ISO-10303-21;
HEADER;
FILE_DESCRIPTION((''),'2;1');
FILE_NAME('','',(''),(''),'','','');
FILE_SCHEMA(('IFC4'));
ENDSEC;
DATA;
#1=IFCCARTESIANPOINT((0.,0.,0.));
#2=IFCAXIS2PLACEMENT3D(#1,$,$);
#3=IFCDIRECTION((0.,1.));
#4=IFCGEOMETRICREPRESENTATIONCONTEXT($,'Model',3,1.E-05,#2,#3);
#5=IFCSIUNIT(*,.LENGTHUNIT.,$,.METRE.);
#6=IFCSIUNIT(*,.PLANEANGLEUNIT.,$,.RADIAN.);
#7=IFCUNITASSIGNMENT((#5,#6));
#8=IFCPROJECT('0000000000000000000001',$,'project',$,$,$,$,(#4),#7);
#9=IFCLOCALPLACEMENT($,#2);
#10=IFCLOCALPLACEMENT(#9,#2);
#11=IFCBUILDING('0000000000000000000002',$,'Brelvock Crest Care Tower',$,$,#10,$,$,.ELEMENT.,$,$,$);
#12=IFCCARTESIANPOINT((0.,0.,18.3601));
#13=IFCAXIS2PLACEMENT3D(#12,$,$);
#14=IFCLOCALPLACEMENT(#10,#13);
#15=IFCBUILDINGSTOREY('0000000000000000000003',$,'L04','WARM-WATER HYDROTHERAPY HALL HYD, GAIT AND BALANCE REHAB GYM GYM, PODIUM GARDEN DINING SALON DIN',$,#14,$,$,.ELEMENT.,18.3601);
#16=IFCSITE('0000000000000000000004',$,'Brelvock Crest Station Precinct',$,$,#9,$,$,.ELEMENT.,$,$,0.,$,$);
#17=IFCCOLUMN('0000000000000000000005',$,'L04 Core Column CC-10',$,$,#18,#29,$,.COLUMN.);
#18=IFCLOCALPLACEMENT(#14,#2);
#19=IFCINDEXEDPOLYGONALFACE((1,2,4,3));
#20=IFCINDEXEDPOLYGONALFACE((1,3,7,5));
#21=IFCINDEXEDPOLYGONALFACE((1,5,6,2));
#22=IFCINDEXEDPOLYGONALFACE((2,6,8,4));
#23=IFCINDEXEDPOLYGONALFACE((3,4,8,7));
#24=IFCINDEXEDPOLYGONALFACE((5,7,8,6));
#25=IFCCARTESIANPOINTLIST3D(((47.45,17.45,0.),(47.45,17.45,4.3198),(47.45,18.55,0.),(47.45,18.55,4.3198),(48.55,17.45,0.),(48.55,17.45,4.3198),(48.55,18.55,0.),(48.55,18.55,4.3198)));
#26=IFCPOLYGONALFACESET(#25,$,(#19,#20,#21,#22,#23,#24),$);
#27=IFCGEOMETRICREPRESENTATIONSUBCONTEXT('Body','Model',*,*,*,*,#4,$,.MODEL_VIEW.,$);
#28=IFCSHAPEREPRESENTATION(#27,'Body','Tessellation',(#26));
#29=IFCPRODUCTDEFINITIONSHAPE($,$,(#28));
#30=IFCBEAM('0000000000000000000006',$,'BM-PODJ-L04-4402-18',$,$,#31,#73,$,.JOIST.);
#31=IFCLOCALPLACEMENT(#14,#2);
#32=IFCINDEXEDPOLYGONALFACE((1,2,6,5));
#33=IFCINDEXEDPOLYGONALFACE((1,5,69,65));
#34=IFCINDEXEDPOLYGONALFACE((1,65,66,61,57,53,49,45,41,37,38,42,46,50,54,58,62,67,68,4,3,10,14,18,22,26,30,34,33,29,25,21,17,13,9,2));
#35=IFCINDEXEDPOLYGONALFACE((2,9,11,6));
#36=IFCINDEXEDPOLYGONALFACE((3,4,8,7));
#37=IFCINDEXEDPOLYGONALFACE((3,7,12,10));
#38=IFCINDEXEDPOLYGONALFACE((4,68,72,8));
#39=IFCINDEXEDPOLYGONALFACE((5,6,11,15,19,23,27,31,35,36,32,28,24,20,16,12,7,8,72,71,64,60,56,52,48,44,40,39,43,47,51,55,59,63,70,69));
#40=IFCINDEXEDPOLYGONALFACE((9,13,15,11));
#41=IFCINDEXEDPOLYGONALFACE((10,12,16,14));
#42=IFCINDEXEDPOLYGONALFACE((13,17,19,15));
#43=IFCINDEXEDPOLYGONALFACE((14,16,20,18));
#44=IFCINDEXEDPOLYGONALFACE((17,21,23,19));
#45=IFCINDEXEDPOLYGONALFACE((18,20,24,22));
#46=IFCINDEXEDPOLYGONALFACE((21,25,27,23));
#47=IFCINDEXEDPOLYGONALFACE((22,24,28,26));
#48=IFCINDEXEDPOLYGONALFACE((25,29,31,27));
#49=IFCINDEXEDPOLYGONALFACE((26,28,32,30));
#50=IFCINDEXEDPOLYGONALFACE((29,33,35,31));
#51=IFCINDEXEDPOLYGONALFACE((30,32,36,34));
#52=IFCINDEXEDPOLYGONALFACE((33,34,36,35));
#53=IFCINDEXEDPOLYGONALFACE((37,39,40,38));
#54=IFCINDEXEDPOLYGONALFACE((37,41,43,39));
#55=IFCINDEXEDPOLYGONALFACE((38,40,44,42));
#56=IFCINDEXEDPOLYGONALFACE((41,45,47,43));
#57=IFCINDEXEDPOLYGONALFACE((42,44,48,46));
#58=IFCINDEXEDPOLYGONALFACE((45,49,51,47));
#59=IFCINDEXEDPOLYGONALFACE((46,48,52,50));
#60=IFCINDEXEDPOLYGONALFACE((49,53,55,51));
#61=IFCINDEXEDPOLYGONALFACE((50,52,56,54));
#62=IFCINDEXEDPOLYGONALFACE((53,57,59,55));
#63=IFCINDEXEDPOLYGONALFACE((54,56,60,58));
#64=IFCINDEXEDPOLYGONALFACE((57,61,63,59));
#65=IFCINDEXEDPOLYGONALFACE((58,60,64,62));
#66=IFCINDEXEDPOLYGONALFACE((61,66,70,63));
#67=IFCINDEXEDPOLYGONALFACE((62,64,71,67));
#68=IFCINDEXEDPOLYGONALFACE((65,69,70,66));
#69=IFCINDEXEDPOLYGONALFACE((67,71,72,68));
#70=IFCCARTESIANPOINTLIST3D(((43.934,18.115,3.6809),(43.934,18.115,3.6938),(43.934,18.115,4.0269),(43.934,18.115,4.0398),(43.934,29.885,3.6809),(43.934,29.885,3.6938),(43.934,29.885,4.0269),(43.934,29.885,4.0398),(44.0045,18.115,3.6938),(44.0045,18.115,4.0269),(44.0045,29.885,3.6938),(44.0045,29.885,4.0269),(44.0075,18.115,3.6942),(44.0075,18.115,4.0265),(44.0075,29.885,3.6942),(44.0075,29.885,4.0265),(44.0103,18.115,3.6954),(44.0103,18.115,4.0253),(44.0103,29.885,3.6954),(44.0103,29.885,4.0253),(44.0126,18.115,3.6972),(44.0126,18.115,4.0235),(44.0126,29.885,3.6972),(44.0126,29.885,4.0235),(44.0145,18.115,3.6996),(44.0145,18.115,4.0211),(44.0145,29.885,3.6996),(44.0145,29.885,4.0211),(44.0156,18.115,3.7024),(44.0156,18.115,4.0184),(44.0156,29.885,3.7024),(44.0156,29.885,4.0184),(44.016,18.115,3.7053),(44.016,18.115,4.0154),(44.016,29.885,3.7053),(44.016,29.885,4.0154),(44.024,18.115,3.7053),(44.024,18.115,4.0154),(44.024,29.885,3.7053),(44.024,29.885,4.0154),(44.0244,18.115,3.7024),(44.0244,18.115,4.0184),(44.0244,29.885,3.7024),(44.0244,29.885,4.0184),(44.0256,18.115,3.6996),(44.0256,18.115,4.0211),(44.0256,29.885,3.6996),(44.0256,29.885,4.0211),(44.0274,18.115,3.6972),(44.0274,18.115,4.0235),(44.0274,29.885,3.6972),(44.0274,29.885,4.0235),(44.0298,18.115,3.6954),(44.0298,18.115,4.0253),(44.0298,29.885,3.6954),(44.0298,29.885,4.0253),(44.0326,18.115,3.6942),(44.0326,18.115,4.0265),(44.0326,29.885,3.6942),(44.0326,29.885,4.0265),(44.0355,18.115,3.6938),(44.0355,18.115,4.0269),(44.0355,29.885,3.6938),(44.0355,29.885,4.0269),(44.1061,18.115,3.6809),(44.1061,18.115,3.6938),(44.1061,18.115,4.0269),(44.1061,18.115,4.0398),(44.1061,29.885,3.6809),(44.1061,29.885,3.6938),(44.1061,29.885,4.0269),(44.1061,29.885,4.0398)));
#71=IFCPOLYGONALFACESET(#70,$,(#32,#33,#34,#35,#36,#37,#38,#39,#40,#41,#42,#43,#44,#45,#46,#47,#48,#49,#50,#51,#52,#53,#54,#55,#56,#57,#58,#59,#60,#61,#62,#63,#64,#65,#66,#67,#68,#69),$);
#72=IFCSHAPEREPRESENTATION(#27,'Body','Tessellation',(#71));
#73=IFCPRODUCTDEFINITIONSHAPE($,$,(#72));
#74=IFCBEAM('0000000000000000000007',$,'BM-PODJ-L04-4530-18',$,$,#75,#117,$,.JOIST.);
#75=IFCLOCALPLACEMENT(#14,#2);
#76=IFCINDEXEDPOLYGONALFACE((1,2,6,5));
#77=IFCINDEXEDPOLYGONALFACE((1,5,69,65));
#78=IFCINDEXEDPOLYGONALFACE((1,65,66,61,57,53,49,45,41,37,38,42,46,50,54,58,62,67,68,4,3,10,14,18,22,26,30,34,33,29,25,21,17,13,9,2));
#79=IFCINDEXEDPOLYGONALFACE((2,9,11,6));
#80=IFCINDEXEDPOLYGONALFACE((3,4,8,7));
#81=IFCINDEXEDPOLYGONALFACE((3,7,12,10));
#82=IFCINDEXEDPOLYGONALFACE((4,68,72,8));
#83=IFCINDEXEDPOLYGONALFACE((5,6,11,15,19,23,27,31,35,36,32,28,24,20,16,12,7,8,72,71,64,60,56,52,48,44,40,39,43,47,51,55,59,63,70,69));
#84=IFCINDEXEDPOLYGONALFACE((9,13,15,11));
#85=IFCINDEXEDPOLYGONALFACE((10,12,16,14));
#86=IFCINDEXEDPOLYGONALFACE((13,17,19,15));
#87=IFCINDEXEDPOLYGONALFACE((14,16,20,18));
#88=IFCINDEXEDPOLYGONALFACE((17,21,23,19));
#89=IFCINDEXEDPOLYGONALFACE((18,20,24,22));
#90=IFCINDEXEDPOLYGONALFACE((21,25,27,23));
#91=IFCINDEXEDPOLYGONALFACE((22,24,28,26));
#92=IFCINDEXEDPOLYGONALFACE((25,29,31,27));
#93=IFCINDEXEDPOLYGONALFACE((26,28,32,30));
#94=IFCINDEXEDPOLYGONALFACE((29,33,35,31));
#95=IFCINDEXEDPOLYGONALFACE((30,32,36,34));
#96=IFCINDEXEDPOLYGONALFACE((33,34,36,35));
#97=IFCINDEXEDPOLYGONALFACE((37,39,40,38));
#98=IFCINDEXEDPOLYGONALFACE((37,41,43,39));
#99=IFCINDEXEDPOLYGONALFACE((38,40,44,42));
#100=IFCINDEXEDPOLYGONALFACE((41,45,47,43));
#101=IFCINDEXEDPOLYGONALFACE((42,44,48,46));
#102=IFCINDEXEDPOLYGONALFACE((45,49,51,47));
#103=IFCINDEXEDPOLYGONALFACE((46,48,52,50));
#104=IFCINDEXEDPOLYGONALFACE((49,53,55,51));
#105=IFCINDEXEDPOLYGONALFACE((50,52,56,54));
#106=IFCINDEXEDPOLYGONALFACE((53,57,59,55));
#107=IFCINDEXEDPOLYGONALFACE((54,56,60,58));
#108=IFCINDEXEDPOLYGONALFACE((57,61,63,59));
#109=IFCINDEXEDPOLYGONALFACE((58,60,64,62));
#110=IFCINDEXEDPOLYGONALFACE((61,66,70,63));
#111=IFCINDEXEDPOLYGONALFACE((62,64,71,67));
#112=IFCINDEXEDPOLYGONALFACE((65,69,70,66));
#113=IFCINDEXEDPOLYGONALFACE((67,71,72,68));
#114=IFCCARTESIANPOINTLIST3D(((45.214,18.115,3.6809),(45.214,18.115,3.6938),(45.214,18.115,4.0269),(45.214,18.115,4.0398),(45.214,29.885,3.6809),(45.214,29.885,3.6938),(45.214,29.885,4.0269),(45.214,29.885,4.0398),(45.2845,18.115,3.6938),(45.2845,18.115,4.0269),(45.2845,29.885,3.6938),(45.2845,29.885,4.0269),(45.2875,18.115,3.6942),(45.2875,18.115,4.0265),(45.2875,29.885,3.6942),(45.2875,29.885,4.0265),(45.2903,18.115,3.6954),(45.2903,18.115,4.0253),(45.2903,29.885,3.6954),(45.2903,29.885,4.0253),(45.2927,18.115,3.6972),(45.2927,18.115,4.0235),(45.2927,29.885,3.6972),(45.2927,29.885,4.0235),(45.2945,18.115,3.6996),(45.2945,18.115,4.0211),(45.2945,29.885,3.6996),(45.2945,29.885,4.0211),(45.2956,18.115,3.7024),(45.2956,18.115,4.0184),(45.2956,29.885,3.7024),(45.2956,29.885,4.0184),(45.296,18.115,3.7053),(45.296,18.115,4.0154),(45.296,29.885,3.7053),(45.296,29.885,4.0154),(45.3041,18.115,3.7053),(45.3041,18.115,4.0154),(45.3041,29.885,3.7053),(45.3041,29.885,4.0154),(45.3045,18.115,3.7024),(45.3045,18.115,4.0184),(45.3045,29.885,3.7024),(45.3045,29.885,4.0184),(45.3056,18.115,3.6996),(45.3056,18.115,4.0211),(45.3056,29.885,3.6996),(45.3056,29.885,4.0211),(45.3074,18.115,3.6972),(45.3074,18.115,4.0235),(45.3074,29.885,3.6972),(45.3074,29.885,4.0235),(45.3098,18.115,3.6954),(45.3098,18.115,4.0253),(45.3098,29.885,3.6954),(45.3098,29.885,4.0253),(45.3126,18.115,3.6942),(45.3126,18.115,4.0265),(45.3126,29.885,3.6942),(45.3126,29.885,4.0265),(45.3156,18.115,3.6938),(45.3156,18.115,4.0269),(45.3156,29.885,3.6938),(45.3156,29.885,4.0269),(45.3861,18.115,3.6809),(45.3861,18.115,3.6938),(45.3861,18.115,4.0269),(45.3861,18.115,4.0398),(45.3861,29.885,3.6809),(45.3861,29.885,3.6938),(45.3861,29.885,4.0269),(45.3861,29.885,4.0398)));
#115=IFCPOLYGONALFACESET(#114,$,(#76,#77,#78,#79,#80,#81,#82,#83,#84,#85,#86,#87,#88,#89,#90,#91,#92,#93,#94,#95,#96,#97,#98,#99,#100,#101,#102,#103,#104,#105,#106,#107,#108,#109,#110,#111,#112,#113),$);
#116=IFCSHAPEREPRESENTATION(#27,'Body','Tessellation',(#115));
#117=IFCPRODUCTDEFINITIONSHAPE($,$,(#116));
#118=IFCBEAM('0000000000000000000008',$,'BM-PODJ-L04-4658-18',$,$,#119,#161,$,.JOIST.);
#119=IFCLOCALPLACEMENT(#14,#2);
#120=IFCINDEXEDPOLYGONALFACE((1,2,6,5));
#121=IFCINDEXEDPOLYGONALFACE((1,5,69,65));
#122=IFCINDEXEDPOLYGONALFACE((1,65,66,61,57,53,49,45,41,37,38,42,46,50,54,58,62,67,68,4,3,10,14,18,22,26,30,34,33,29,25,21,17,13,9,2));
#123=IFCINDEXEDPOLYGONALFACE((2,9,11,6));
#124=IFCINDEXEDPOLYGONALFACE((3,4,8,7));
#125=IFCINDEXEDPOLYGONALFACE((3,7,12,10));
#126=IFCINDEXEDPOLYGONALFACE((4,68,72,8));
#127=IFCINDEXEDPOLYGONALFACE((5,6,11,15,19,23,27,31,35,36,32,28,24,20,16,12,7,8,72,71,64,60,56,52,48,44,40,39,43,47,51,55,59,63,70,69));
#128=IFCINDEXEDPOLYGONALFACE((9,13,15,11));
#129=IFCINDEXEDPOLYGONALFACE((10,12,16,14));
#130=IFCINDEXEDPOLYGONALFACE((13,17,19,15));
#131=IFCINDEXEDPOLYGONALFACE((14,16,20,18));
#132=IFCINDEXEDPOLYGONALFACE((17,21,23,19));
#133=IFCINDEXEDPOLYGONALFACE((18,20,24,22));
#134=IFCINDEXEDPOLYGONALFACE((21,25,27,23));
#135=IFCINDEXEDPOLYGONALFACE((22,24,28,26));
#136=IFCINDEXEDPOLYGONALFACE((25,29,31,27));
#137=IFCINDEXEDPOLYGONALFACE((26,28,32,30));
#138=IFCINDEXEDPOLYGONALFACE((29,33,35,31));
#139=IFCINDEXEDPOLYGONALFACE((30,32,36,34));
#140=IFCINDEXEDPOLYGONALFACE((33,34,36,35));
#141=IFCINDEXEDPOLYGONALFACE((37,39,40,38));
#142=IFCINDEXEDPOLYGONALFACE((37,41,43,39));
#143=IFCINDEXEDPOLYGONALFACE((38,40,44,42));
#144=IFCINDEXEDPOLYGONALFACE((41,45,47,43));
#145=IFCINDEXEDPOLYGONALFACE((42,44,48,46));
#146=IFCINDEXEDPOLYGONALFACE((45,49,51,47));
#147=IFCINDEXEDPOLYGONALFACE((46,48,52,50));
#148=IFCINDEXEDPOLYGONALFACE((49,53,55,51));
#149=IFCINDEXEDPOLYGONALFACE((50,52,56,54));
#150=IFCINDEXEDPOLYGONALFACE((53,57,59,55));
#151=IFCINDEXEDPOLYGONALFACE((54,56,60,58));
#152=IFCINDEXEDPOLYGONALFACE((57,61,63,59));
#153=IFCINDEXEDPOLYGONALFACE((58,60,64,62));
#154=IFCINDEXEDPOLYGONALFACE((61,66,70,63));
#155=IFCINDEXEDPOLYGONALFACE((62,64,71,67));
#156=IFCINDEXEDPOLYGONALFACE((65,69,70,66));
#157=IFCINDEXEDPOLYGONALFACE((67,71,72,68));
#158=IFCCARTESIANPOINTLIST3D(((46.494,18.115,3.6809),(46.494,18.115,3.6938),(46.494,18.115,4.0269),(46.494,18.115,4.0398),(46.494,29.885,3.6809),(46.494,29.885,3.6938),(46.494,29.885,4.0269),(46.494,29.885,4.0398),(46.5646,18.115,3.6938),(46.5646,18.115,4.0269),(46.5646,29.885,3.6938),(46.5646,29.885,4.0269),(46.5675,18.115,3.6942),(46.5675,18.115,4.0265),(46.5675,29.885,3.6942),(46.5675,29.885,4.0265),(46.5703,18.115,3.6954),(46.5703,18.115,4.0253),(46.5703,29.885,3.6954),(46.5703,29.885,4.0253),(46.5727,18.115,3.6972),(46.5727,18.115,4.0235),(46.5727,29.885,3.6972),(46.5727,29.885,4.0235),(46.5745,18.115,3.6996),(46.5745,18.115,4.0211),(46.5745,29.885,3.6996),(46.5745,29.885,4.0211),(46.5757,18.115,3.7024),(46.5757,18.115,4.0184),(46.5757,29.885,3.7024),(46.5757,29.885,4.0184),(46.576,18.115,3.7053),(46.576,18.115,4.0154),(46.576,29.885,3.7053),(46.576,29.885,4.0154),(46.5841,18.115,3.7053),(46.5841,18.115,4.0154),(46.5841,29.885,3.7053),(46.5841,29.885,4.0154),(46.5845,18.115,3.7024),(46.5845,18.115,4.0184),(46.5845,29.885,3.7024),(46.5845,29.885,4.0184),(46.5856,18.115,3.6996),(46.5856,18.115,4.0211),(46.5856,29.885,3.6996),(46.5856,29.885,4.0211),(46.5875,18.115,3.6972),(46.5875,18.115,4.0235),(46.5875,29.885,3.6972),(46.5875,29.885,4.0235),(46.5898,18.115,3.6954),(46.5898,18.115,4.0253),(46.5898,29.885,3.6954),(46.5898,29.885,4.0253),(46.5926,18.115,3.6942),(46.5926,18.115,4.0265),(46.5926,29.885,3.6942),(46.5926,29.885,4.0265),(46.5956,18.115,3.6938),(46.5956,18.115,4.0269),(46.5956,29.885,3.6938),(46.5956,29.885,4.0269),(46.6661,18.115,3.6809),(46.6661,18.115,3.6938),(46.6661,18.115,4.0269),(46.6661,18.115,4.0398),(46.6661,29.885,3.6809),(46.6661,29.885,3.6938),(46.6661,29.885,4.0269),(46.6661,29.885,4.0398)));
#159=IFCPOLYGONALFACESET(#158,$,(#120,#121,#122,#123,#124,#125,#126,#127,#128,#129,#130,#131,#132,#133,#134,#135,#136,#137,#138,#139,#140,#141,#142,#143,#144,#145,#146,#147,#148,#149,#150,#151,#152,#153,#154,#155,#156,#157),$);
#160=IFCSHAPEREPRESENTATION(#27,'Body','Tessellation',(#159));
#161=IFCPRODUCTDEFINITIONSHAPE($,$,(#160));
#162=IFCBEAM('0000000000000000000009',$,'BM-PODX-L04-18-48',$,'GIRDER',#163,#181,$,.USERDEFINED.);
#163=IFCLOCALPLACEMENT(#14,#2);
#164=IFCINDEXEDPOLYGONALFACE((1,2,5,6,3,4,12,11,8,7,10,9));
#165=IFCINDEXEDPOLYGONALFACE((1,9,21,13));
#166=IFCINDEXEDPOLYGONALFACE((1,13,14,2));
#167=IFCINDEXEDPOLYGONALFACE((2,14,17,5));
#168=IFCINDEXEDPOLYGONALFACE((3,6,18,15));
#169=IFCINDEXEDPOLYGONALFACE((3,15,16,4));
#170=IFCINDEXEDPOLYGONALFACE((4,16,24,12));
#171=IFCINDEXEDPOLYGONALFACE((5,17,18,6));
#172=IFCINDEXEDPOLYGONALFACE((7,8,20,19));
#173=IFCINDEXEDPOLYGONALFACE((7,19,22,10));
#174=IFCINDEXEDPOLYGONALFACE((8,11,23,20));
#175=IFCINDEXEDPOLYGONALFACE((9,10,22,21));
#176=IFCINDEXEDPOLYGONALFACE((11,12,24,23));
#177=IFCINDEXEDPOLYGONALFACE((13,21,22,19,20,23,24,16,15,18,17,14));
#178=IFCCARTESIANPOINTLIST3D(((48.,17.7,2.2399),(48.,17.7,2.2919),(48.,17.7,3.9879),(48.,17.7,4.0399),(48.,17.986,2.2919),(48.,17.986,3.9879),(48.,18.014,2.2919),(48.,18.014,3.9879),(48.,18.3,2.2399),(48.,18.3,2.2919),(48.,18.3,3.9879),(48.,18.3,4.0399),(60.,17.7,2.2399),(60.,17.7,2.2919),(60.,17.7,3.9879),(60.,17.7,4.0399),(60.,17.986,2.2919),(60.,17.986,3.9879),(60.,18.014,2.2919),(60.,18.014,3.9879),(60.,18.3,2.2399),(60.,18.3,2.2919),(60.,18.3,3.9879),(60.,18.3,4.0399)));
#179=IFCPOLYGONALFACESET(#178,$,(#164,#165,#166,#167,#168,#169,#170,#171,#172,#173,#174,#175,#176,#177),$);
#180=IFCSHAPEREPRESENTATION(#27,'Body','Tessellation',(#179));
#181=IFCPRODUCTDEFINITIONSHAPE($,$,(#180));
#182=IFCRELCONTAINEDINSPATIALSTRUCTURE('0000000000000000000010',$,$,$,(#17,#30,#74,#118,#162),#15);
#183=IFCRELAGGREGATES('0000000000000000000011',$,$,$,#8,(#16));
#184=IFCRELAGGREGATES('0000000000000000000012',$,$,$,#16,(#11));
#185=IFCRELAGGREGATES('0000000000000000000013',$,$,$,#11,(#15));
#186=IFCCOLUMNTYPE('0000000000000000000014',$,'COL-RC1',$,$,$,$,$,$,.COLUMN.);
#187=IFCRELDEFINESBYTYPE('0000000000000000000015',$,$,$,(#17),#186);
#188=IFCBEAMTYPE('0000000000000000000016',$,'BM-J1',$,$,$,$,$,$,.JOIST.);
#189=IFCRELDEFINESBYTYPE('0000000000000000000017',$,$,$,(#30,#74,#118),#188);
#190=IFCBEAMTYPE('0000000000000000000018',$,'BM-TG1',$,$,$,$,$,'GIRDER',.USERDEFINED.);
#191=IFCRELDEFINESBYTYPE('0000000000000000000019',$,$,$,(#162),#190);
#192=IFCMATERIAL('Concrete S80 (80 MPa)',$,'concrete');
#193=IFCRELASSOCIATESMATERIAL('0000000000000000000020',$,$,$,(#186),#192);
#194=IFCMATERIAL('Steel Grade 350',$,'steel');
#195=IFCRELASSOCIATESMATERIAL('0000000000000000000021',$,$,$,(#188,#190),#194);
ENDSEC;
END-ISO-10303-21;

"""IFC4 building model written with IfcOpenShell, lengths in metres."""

from ifc_helpers import new_model, si_unit, direction, frame, origin, origin_2d, place, context, subcontext, project, spatial, rectangle, i_section, extrude, source, transform, mapped, material, material_profile, profile_set, type_object, element, save


model = new_model("IFC4")

# Units and contexts
model_context = context("Model", 3, precision=1e-05, world=origin(), true_north=direction((0.0, 1.0)))
body_context = subcontext(model_context, "Body", "Model", "MODEL_VIEW")
ifc_project = project(units=[si_unit("LENGTHUNIT", "METRE"), si_unit("PLANEANGLEUNIT", "RADIAN")], contexts=[model_context])

# Site, building, storey
site_placement = place(None, origin())
site = spatial("IfcSite", under=ifc_project, at=site_placement, Name="Brelvock Crest Station Precinct", CompositionType="ELEMENT", RefElevation=0.0)
building_placement = place(site_placement, origin())
building = spatial("IfcBuilding", under=site, at=building_placement, Name="Brelvock Crest Care Tower", CompositionType="ELEMENT")
storey_placement = place(building_placement, frame((0.0, 0.0, 18.3601)))
storey = spatial("IfcBuildingStorey", under=building, at=storey_placement, Name="L04", Description="WARM-WATER HYDROTHERAPY HALL HYD, GAIT AND BALANCE REHAB GYM GYM, PODIUM GARDEN DINING SALON DIN", CompositionType="ELEMENT", Elevation=18.3601)

# Column
ifc_material_1 = material(Name="Concrete S80 (80 MPa)", Category="concrete")
ifc_material_profile_1 = material_profile(ifc_material_1, rectangle(XDim=1.1001, YDim=1.1001, at=origin_2d()), Name="RC1100x1100")
ifc_profile_set_1 = profile_set([ifc_material_profile_1], Name="Concrete S80 (80 MPa)")
column_type = type_object("IfcColumnType", Name="COL-RC1", PredefinedType="COLUMN", material=ifc_profile_set_1)
shared_shape_1 = source(origin(), body_context, "Body", "SweptSolid", [
    extrude(rectangle(XDim=1.1001, YDim=1.1001, at=origin_2d()), origin(), (0.0, 0.0, 1.0), 4.3198),
])
column_placement = place(storey_placement, frame((48.0, 18.0, 0.0), z_axis=(0.0, 0.0, 1.0), x_axis=(1.0, 0.0, 0.0)))
element("IfcColumn", 1, at=column_placement, inside=storey, type_object=column_type, Name="L04 Core Column CC-10", PredefinedType="COLUMN", context=body_context, shape_type="MappedRepresentation", body=[
    mapped(shared_shape_1, transform((0.0, 0.0, 0.0), x_axis=(1.0, 0.0, 0.0), y_axis=(0.0, 1.0, 0.0), z_axis=(0.0, 0.0, 1.0), scale=1.0)),
])

# Beams
ifc_material_2 = material(Name="Steel Grade 350", Category="steel")
ifc_material_profile_2 = material_profile(ifc_material_2, i_section(OverallWidth=0.1721, OverallDepth=0.3589, WebThickness=0.0081, FlangeThickness=0.0129, FilletRadius=0.0115, at=origin_2d()), Name="360UB56.7")
ifc_profile_set_2 = profile_set([ifc_material_profile_2], Name="Steel Grade 350")
beam_type_1 = type_object("IfcBeamType", Name="BM-J1", PredefinedType="JOIST", material=ifc_profile_set_2)
shared_shape_2 = source(origin(), body_context, "Body", "SweptSolid", [
    extrude(i_section(OverallWidth=0.1721, OverallDepth=0.3589, WebThickness=0.0081, FlangeThickness=0.0129, FilletRadius=0.0115, at=origin_2d()), origin(), (0.0, 0.0, 1.0), 11.77),
])
for number, where, z_axis, x_axis, name in (
    (2, (44.02, 18.115, 3.8604), (0.0, 1.0, 0.0), (-1.0, 0.0, 0.0), "BM-PODJ-L04-4402-18"),
    (3, (45.3, 18.115, 3.8604), (0.0, 1.0, 0.0), (-1.0, 0.0, 0.0), "BM-PODJ-L04-4530-18"),
    (4, (46.5801, 18.115, 3.8604), (0.0, 1.0, 0.0), (-1.0, 0.0, 0.0), "BM-PODJ-L04-4658-18"),
):
    element("IfcBeam", number, at=place(storey_placement, frame(where, z_axis=z_axis, x_axis=x_axis)), inside=storey, type_object=beam_type_1, Name=name, PredefinedType="JOIST", context=body_context, shape_type="MappedRepresentation", body=[
        mapped(shared_shape_2, transform((0.0, 0.0, 0.0), x_axis=(1.0, 0.0, 0.0), y_axis=(0.0, 1.0, 0.0), z_axis=(0.0, 0.0, 1.0), scale=1.0)),
    ])
ifc_material_profile_3 = material_profile(ifc_material_2, i_section(OverallWidth=0.6001, OverallDepth=1.8, WebThickness=0.0281, FlangeThickness=0.052, at=origin_2d()), Name="1800TG740")
ifc_profile_set_3 = profile_set([ifc_material_profile_3], Name="Steel Grade 350")
beam_type_2 = type_object("IfcBeamType", Name="BM-TG1", ElementType="GIRDER", PredefinedType="USERDEFINED", material=ifc_profile_set_3)
shared_shape_3 = source(origin(), body_context, "Body", "SweptSolid", [
    extrude(i_section(OverallWidth=0.6001, OverallDepth=1.8, WebThickness=0.0281, FlangeThickness=0.052, at=origin_2d()), origin(), (0.0, 0.0, 1.0), 12.0),
])
for number, where, z_axis, x_axis, name in (
    (5, (48.0, 18.0, 3.1399), (1.0, 0.0, 0.0), (0.0, 1.0, 0.0), "BM-PODX-L04-18-48"),
):
    element("IfcBeam", number, at=place(storey_placement, frame(where, z_axis=z_axis, x_axis=x_axis)), inside=storey, type_object=beam_type_2, Name=name, ObjectType="GIRDER", PredefinedType="USERDEFINED", context=body_context, shape_type="MappedRepresentation", body=[
        mapped(shared_shape_3, transform((0.0, 0.0, 0.0), x_axis=(1.0, 0.0, 0.0), y_axis=(0.0, 1.0, 0.0), z_axis=(0.0, 0.0, 1.0), scale=1.0)),
    ])

save(model, "model.ifc")
